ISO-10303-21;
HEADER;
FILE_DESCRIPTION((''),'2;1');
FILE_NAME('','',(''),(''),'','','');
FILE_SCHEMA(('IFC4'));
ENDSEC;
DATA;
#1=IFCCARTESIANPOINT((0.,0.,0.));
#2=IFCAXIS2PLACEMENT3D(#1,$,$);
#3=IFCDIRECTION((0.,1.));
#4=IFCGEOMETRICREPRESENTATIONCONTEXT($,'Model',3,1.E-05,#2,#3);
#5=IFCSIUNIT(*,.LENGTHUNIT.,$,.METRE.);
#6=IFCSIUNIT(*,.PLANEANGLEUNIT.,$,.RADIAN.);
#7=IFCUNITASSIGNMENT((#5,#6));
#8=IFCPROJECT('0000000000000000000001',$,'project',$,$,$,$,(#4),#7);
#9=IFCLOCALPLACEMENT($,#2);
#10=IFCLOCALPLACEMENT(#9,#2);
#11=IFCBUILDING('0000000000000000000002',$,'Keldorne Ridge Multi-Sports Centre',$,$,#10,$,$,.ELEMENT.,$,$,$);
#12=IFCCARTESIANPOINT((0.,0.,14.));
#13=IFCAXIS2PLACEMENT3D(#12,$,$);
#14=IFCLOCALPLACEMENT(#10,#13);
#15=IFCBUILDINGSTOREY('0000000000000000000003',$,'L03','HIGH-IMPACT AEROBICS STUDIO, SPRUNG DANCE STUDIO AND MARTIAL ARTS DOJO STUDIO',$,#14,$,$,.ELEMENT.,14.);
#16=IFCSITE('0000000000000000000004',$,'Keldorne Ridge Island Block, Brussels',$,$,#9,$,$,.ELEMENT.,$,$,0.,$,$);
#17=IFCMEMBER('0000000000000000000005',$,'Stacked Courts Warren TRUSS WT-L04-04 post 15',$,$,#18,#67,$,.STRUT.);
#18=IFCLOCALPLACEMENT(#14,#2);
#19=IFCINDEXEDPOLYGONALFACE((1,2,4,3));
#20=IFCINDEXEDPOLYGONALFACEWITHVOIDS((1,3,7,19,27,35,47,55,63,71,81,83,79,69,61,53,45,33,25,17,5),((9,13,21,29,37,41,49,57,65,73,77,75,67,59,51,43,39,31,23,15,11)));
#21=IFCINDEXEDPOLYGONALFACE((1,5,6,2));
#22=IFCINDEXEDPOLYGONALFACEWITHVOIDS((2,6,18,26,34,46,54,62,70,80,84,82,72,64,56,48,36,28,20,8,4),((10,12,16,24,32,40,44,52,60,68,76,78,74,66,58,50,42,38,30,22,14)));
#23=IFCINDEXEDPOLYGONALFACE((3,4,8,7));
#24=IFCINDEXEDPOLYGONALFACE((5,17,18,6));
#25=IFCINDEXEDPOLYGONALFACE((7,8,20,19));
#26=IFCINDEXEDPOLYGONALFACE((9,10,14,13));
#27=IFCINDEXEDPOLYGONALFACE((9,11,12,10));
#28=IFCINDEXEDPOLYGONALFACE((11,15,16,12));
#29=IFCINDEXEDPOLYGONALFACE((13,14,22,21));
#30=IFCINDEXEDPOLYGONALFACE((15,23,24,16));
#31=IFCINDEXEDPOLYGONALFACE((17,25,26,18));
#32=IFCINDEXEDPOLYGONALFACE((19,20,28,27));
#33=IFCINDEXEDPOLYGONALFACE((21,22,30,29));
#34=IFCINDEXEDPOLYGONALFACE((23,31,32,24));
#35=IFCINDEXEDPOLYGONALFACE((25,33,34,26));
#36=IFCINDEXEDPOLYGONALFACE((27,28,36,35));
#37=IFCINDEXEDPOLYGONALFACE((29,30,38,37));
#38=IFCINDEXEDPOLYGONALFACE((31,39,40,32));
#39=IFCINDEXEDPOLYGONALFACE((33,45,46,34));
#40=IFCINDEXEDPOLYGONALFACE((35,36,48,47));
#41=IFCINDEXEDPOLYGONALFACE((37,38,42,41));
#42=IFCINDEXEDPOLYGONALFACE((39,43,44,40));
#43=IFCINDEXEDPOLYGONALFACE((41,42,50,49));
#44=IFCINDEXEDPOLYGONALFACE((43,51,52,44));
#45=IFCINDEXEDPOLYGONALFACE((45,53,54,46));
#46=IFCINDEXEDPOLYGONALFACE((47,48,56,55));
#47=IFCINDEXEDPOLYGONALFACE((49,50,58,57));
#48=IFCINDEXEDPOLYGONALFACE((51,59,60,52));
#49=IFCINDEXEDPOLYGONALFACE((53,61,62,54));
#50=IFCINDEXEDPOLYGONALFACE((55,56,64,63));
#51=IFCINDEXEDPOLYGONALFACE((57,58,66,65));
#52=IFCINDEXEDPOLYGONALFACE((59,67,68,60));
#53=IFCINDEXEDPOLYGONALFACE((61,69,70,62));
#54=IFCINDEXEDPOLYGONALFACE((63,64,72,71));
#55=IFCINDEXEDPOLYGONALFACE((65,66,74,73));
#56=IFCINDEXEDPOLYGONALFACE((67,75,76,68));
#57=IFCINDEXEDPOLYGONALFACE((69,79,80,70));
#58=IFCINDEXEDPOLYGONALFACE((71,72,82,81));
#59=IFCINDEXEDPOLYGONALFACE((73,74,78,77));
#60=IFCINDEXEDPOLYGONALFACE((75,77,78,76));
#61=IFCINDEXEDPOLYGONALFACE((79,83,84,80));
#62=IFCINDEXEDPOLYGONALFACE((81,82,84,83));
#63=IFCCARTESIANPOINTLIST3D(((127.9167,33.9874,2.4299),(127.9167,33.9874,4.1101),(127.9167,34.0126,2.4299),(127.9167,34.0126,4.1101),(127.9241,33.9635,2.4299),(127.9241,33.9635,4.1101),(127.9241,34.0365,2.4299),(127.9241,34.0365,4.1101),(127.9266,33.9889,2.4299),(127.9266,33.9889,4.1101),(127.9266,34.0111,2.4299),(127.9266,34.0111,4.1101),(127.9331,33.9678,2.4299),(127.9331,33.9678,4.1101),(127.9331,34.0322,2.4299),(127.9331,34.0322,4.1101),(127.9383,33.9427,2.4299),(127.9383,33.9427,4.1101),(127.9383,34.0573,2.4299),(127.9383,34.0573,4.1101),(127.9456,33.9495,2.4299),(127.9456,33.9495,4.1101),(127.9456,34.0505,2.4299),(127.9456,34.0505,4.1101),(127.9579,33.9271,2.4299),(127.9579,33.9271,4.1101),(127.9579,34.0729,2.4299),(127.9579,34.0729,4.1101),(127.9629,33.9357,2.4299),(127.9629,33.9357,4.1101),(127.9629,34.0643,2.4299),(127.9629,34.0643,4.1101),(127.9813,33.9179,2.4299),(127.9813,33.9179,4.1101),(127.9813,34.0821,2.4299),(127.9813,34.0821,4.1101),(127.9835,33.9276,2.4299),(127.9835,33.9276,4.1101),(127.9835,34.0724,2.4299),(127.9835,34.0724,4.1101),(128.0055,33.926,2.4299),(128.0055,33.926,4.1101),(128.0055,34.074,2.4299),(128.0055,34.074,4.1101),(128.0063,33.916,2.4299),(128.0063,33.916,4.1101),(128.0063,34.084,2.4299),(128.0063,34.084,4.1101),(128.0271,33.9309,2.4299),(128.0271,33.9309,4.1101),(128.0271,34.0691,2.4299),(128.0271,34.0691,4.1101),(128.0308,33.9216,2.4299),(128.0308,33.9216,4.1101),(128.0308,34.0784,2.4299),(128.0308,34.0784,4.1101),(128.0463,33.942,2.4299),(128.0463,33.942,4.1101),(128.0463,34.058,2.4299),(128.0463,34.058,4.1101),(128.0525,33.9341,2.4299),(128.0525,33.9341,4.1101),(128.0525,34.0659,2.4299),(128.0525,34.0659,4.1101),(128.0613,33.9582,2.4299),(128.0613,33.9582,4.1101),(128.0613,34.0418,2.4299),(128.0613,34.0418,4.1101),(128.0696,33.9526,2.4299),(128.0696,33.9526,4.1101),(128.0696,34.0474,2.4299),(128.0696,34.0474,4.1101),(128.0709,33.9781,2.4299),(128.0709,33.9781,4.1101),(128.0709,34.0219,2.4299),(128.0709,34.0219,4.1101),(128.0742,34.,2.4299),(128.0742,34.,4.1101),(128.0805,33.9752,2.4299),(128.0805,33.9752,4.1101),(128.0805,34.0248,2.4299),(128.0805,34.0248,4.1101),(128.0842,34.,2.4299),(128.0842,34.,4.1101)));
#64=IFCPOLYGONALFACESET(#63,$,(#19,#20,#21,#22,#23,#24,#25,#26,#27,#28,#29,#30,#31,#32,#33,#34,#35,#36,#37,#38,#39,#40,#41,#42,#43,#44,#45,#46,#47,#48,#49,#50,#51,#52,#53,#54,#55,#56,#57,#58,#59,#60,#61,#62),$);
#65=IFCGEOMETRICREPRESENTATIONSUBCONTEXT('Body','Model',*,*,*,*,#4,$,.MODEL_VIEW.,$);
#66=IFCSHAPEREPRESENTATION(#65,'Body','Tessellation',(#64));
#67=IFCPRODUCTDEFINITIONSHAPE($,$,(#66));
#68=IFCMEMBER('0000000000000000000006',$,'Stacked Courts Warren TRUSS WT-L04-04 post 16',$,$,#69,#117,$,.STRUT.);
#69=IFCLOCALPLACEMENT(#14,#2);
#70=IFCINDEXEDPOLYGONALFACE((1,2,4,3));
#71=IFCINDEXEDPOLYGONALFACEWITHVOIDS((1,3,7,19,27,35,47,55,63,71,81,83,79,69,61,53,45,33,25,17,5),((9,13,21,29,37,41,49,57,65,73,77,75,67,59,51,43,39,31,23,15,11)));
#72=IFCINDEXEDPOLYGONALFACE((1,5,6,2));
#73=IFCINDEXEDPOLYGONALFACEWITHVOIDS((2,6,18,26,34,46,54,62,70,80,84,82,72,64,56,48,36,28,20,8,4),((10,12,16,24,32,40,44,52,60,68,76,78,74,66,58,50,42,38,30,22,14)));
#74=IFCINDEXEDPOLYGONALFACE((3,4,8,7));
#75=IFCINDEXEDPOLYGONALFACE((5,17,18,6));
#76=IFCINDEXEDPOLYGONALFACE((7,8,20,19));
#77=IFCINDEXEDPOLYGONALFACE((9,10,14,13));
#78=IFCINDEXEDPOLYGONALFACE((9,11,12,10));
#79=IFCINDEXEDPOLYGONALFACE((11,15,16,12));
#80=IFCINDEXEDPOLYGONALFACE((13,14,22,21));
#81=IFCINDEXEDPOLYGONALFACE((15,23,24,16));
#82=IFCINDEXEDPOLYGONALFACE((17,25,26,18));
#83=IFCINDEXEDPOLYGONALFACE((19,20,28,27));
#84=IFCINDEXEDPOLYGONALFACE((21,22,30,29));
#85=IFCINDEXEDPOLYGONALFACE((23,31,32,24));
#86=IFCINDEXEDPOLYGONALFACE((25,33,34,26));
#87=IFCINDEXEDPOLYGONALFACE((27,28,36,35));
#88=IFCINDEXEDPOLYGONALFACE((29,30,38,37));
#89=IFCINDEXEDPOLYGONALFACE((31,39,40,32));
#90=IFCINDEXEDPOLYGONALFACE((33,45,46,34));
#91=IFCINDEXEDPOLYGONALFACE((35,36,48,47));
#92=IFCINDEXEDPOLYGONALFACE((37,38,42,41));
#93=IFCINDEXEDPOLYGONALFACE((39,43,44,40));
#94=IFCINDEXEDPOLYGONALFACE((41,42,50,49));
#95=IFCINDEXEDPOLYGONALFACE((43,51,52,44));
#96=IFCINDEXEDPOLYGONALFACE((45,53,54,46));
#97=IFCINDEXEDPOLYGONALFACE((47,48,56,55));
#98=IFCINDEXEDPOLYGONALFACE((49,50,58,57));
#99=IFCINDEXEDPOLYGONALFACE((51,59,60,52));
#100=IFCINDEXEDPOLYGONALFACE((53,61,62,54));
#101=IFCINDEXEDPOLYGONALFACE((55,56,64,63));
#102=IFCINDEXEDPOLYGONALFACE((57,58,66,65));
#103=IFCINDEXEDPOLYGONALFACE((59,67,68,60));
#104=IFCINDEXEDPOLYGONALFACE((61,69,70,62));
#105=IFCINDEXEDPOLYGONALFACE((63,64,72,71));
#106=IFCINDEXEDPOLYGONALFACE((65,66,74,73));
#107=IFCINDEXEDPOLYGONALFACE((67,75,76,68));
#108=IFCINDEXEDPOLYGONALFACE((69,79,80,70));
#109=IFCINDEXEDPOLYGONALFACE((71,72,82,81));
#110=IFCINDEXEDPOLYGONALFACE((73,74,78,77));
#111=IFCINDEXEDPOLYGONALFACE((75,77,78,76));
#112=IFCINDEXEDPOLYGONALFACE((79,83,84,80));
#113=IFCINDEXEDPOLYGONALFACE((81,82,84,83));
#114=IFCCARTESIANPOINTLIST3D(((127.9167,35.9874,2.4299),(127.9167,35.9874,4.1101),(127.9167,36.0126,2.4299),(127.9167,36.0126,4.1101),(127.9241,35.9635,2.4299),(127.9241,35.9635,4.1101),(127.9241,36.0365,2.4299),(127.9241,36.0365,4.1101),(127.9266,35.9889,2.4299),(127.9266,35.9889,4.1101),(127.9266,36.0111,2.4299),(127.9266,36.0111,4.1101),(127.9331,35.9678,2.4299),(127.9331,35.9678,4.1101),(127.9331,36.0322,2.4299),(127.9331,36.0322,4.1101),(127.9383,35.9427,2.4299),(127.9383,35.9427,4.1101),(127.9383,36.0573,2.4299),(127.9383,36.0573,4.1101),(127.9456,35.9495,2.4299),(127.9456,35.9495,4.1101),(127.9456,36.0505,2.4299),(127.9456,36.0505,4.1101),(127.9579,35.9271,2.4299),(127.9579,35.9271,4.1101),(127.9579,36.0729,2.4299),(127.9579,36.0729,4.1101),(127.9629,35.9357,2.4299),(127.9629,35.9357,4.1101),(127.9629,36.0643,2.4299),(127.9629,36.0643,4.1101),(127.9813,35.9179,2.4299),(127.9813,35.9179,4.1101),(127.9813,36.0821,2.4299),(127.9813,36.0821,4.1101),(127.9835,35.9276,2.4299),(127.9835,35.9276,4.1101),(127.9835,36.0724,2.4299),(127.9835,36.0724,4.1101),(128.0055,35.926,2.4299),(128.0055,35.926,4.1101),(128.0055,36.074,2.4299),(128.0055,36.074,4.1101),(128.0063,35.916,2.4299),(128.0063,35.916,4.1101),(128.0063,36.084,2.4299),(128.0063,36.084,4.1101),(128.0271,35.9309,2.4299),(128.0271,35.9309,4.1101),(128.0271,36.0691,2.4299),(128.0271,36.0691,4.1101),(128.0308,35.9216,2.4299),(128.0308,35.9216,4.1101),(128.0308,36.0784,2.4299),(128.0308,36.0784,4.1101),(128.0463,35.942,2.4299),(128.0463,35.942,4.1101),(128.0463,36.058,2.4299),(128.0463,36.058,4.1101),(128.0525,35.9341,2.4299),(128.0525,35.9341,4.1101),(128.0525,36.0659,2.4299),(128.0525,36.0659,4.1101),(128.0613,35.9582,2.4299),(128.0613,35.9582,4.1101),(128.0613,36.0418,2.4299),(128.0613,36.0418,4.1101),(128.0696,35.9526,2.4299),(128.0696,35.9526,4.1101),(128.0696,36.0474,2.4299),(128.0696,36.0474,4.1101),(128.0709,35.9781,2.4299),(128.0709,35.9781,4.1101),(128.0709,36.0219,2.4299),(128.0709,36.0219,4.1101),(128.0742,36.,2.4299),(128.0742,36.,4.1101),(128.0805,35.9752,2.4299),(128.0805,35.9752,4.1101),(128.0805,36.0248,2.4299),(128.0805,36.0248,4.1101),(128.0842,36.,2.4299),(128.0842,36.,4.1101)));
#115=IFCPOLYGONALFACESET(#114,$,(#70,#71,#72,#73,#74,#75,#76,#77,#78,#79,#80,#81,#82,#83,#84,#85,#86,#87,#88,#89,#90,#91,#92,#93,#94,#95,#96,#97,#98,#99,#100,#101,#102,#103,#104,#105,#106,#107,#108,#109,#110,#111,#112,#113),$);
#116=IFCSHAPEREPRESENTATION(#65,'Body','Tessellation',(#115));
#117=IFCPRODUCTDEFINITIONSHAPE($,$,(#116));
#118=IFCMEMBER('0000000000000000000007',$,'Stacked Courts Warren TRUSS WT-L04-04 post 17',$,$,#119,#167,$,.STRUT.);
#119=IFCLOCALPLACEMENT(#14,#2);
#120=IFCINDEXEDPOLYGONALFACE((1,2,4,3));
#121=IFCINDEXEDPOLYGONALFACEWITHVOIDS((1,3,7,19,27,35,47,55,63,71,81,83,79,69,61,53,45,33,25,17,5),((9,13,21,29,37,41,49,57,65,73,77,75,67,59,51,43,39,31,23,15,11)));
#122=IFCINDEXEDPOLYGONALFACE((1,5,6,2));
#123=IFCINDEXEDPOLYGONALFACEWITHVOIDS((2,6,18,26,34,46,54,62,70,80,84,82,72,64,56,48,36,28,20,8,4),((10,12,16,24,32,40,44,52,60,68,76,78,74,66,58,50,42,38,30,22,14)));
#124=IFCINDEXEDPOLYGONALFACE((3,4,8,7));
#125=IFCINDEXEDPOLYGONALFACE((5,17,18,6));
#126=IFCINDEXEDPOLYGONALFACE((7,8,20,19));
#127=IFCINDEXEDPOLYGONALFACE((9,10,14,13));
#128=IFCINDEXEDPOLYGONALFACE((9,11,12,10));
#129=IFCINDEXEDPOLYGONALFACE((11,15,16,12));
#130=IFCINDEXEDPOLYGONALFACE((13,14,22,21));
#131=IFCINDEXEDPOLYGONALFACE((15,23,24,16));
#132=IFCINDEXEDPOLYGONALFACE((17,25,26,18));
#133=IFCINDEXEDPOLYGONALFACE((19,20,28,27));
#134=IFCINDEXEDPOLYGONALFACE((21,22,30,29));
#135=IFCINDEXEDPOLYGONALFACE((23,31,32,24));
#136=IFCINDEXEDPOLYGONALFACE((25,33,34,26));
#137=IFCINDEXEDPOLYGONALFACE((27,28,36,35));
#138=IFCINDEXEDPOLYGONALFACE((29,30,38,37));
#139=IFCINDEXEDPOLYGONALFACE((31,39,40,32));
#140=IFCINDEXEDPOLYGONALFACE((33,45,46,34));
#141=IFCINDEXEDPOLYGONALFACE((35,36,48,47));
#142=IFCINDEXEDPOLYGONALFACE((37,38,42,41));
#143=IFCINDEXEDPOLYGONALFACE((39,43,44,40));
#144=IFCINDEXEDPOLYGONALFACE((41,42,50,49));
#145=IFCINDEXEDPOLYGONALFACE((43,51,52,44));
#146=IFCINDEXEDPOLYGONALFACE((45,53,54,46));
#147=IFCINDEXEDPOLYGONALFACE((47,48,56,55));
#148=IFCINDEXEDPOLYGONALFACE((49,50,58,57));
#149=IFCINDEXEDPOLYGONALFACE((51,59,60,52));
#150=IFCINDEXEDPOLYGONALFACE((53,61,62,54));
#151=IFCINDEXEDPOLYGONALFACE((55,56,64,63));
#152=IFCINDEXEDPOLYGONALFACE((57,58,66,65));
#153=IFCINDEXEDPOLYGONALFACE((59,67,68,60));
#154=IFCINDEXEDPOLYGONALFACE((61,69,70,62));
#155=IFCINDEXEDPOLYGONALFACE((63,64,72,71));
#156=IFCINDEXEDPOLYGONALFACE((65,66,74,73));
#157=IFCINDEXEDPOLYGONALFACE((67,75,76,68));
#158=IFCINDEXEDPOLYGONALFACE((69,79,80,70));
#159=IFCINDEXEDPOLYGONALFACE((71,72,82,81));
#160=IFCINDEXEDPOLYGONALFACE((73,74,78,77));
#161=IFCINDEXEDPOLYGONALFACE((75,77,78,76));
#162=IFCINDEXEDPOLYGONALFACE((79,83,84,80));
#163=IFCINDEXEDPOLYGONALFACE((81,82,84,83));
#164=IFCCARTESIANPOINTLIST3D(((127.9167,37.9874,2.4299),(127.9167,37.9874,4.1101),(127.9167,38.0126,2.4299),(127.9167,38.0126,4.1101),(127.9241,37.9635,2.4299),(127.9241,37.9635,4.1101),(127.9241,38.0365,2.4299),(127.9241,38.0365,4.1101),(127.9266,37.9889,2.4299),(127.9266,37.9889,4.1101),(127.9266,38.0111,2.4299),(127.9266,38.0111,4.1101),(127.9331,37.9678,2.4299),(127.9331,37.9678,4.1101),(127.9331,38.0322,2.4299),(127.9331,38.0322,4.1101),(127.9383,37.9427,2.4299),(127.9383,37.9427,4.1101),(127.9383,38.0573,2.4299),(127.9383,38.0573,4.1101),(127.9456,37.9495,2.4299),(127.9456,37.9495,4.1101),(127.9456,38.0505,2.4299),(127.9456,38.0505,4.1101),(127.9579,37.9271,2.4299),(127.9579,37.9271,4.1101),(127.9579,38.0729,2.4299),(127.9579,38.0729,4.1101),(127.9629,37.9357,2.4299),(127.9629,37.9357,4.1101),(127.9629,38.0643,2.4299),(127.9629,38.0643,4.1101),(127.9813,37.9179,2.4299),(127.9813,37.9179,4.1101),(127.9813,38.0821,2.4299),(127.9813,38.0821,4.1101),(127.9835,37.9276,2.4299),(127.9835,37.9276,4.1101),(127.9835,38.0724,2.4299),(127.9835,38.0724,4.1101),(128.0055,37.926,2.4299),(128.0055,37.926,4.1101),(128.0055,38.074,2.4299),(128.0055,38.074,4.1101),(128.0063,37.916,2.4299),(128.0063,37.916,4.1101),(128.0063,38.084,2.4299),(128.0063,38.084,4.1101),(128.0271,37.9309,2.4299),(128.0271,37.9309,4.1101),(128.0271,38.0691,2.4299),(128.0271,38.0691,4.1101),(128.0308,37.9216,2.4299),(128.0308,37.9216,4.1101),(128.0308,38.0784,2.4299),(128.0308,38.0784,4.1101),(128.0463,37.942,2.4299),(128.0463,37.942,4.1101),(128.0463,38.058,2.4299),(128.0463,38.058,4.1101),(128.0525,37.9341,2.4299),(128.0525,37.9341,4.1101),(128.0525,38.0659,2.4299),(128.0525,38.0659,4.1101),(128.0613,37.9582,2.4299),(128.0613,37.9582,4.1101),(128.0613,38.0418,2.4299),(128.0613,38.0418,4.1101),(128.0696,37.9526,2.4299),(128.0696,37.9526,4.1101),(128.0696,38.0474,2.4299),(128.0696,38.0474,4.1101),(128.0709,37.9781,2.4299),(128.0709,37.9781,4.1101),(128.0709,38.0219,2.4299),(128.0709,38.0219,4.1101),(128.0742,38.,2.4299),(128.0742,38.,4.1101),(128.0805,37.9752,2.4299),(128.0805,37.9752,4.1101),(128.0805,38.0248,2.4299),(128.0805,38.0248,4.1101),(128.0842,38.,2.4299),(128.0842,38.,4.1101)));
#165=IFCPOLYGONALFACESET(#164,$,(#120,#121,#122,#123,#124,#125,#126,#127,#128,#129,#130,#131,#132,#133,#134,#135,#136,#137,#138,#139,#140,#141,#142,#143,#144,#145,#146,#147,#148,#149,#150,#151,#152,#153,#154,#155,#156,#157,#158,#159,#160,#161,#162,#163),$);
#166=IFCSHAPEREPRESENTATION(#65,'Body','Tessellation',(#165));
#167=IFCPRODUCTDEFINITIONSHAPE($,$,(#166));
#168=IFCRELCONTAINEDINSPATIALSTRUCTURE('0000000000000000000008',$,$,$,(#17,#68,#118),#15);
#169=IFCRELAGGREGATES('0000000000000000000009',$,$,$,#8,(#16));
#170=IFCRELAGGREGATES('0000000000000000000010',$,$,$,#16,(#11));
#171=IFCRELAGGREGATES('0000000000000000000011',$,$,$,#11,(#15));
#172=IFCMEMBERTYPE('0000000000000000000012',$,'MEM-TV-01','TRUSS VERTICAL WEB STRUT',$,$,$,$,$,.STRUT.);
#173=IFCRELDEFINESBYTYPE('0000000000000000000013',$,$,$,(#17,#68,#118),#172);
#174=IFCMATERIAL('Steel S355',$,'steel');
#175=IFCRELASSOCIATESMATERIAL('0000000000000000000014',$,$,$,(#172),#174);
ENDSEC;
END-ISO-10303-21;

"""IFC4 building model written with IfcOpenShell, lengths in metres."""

from ifc_helpers import new_model, si_unit, direction, frame, origin, origin_2d, place, context, subcontext, project, spatial, hollow_circle, extrude, material, material_profile, profile_set, type_object, element, save


model = new_model("IFC4")

# Units and contexts
model_context = context("Model", 3, precision=1e-05, world=origin(), true_north=direction((0.0, 1.0)))
body_context = subcontext(model_context, "Body", "Model", "MODEL_VIEW")
ifc_project = project(units=[si_unit("LENGTHUNIT", "METRE"), si_unit("PLANEANGLEUNIT", "RADIAN")], contexts=[model_context])

# Site, building, storey
site_placement = place(None, origin())
site = spatial("IfcSite", under=ifc_project, at=site_placement, Name="Keldorne Ridge Island Block, Brussels", CompositionType="ELEMENT", RefElevation=0.0)
building_placement = place(site_placement, origin())
building = spatial("IfcBuilding", under=site, at=building_placement, Name="Keldorne Ridge Multi-Sports Centre", CompositionType="ELEMENT")
storey_placement = place(building_placement, frame((0.0, 0.0, 14.0)))
storey = spatial("IfcBuildingStorey", under=building, at=storey_placement, Name="L03", Description="HIGH-IMPACT AEROBICS STUDIO, SPRUNG DANCE STUDIO AND MARTIAL ARTS DOJO STUDIO", CompositionType="ELEMENT", Elevation=14.0)

# Members
ifc_material = material(Name="Steel S355", Category="steel")
ifc_material_profile_1 = material_profile(ifc_material, hollow_circle(Radius=0.0842, WallThickness=0.01, at=origin_2d()), Name="CHS 168.3x10")
ifc_profile_set_1 = profile_set([ifc_material_profile_1], Name="Steel S355")
member_type_1 = type_object("IfcMemberType", Name="MEM-TV-01", Description="TRUSS VERTICAL WEB STRUT", PredefinedType="STRUT", material=ifc_profile_set_1)
for number, where, z_axis, x_axis, name in (
    (1, (128.0, 34.0, 2.4299), (0.0, 0.0, 1.0), (1.0, 0.0, 0.0), "Stacked Courts Warren TRUSS WT-L04-04 post 15"),
    (2, (128.0, 36.0, 2.4299), (0.0, 0.0, 1.0), (1.0, 0.0, 0.0), "Stacked Courts Warren TRUSS WT-L04-04 post 16"),
    (3, (128.0, 38.0, 2.4299), (0.0, 0.0, 1.0), (1.0, 0.0, 0.0), "Stacked Courts Warren TRUSS WT-L04-04 post 17"),
):
    element("IfcMember", number, at=place(storey_placement, frame(where, z_axis=z_axis, x_axis=x_axis)), inside=storey, type_object=member_type_1, Name=name, PredefinedType="STRUT", context=body_context, shape_type="SweptSolid", body=[
        extrude(hollow_circle(Radius=0.0842, WallThickness=0.01, at=origin_2d()), origin(), (0.0, 0.0, 1.0), 1.6802),
    ])

save(model, "model.ifc")
